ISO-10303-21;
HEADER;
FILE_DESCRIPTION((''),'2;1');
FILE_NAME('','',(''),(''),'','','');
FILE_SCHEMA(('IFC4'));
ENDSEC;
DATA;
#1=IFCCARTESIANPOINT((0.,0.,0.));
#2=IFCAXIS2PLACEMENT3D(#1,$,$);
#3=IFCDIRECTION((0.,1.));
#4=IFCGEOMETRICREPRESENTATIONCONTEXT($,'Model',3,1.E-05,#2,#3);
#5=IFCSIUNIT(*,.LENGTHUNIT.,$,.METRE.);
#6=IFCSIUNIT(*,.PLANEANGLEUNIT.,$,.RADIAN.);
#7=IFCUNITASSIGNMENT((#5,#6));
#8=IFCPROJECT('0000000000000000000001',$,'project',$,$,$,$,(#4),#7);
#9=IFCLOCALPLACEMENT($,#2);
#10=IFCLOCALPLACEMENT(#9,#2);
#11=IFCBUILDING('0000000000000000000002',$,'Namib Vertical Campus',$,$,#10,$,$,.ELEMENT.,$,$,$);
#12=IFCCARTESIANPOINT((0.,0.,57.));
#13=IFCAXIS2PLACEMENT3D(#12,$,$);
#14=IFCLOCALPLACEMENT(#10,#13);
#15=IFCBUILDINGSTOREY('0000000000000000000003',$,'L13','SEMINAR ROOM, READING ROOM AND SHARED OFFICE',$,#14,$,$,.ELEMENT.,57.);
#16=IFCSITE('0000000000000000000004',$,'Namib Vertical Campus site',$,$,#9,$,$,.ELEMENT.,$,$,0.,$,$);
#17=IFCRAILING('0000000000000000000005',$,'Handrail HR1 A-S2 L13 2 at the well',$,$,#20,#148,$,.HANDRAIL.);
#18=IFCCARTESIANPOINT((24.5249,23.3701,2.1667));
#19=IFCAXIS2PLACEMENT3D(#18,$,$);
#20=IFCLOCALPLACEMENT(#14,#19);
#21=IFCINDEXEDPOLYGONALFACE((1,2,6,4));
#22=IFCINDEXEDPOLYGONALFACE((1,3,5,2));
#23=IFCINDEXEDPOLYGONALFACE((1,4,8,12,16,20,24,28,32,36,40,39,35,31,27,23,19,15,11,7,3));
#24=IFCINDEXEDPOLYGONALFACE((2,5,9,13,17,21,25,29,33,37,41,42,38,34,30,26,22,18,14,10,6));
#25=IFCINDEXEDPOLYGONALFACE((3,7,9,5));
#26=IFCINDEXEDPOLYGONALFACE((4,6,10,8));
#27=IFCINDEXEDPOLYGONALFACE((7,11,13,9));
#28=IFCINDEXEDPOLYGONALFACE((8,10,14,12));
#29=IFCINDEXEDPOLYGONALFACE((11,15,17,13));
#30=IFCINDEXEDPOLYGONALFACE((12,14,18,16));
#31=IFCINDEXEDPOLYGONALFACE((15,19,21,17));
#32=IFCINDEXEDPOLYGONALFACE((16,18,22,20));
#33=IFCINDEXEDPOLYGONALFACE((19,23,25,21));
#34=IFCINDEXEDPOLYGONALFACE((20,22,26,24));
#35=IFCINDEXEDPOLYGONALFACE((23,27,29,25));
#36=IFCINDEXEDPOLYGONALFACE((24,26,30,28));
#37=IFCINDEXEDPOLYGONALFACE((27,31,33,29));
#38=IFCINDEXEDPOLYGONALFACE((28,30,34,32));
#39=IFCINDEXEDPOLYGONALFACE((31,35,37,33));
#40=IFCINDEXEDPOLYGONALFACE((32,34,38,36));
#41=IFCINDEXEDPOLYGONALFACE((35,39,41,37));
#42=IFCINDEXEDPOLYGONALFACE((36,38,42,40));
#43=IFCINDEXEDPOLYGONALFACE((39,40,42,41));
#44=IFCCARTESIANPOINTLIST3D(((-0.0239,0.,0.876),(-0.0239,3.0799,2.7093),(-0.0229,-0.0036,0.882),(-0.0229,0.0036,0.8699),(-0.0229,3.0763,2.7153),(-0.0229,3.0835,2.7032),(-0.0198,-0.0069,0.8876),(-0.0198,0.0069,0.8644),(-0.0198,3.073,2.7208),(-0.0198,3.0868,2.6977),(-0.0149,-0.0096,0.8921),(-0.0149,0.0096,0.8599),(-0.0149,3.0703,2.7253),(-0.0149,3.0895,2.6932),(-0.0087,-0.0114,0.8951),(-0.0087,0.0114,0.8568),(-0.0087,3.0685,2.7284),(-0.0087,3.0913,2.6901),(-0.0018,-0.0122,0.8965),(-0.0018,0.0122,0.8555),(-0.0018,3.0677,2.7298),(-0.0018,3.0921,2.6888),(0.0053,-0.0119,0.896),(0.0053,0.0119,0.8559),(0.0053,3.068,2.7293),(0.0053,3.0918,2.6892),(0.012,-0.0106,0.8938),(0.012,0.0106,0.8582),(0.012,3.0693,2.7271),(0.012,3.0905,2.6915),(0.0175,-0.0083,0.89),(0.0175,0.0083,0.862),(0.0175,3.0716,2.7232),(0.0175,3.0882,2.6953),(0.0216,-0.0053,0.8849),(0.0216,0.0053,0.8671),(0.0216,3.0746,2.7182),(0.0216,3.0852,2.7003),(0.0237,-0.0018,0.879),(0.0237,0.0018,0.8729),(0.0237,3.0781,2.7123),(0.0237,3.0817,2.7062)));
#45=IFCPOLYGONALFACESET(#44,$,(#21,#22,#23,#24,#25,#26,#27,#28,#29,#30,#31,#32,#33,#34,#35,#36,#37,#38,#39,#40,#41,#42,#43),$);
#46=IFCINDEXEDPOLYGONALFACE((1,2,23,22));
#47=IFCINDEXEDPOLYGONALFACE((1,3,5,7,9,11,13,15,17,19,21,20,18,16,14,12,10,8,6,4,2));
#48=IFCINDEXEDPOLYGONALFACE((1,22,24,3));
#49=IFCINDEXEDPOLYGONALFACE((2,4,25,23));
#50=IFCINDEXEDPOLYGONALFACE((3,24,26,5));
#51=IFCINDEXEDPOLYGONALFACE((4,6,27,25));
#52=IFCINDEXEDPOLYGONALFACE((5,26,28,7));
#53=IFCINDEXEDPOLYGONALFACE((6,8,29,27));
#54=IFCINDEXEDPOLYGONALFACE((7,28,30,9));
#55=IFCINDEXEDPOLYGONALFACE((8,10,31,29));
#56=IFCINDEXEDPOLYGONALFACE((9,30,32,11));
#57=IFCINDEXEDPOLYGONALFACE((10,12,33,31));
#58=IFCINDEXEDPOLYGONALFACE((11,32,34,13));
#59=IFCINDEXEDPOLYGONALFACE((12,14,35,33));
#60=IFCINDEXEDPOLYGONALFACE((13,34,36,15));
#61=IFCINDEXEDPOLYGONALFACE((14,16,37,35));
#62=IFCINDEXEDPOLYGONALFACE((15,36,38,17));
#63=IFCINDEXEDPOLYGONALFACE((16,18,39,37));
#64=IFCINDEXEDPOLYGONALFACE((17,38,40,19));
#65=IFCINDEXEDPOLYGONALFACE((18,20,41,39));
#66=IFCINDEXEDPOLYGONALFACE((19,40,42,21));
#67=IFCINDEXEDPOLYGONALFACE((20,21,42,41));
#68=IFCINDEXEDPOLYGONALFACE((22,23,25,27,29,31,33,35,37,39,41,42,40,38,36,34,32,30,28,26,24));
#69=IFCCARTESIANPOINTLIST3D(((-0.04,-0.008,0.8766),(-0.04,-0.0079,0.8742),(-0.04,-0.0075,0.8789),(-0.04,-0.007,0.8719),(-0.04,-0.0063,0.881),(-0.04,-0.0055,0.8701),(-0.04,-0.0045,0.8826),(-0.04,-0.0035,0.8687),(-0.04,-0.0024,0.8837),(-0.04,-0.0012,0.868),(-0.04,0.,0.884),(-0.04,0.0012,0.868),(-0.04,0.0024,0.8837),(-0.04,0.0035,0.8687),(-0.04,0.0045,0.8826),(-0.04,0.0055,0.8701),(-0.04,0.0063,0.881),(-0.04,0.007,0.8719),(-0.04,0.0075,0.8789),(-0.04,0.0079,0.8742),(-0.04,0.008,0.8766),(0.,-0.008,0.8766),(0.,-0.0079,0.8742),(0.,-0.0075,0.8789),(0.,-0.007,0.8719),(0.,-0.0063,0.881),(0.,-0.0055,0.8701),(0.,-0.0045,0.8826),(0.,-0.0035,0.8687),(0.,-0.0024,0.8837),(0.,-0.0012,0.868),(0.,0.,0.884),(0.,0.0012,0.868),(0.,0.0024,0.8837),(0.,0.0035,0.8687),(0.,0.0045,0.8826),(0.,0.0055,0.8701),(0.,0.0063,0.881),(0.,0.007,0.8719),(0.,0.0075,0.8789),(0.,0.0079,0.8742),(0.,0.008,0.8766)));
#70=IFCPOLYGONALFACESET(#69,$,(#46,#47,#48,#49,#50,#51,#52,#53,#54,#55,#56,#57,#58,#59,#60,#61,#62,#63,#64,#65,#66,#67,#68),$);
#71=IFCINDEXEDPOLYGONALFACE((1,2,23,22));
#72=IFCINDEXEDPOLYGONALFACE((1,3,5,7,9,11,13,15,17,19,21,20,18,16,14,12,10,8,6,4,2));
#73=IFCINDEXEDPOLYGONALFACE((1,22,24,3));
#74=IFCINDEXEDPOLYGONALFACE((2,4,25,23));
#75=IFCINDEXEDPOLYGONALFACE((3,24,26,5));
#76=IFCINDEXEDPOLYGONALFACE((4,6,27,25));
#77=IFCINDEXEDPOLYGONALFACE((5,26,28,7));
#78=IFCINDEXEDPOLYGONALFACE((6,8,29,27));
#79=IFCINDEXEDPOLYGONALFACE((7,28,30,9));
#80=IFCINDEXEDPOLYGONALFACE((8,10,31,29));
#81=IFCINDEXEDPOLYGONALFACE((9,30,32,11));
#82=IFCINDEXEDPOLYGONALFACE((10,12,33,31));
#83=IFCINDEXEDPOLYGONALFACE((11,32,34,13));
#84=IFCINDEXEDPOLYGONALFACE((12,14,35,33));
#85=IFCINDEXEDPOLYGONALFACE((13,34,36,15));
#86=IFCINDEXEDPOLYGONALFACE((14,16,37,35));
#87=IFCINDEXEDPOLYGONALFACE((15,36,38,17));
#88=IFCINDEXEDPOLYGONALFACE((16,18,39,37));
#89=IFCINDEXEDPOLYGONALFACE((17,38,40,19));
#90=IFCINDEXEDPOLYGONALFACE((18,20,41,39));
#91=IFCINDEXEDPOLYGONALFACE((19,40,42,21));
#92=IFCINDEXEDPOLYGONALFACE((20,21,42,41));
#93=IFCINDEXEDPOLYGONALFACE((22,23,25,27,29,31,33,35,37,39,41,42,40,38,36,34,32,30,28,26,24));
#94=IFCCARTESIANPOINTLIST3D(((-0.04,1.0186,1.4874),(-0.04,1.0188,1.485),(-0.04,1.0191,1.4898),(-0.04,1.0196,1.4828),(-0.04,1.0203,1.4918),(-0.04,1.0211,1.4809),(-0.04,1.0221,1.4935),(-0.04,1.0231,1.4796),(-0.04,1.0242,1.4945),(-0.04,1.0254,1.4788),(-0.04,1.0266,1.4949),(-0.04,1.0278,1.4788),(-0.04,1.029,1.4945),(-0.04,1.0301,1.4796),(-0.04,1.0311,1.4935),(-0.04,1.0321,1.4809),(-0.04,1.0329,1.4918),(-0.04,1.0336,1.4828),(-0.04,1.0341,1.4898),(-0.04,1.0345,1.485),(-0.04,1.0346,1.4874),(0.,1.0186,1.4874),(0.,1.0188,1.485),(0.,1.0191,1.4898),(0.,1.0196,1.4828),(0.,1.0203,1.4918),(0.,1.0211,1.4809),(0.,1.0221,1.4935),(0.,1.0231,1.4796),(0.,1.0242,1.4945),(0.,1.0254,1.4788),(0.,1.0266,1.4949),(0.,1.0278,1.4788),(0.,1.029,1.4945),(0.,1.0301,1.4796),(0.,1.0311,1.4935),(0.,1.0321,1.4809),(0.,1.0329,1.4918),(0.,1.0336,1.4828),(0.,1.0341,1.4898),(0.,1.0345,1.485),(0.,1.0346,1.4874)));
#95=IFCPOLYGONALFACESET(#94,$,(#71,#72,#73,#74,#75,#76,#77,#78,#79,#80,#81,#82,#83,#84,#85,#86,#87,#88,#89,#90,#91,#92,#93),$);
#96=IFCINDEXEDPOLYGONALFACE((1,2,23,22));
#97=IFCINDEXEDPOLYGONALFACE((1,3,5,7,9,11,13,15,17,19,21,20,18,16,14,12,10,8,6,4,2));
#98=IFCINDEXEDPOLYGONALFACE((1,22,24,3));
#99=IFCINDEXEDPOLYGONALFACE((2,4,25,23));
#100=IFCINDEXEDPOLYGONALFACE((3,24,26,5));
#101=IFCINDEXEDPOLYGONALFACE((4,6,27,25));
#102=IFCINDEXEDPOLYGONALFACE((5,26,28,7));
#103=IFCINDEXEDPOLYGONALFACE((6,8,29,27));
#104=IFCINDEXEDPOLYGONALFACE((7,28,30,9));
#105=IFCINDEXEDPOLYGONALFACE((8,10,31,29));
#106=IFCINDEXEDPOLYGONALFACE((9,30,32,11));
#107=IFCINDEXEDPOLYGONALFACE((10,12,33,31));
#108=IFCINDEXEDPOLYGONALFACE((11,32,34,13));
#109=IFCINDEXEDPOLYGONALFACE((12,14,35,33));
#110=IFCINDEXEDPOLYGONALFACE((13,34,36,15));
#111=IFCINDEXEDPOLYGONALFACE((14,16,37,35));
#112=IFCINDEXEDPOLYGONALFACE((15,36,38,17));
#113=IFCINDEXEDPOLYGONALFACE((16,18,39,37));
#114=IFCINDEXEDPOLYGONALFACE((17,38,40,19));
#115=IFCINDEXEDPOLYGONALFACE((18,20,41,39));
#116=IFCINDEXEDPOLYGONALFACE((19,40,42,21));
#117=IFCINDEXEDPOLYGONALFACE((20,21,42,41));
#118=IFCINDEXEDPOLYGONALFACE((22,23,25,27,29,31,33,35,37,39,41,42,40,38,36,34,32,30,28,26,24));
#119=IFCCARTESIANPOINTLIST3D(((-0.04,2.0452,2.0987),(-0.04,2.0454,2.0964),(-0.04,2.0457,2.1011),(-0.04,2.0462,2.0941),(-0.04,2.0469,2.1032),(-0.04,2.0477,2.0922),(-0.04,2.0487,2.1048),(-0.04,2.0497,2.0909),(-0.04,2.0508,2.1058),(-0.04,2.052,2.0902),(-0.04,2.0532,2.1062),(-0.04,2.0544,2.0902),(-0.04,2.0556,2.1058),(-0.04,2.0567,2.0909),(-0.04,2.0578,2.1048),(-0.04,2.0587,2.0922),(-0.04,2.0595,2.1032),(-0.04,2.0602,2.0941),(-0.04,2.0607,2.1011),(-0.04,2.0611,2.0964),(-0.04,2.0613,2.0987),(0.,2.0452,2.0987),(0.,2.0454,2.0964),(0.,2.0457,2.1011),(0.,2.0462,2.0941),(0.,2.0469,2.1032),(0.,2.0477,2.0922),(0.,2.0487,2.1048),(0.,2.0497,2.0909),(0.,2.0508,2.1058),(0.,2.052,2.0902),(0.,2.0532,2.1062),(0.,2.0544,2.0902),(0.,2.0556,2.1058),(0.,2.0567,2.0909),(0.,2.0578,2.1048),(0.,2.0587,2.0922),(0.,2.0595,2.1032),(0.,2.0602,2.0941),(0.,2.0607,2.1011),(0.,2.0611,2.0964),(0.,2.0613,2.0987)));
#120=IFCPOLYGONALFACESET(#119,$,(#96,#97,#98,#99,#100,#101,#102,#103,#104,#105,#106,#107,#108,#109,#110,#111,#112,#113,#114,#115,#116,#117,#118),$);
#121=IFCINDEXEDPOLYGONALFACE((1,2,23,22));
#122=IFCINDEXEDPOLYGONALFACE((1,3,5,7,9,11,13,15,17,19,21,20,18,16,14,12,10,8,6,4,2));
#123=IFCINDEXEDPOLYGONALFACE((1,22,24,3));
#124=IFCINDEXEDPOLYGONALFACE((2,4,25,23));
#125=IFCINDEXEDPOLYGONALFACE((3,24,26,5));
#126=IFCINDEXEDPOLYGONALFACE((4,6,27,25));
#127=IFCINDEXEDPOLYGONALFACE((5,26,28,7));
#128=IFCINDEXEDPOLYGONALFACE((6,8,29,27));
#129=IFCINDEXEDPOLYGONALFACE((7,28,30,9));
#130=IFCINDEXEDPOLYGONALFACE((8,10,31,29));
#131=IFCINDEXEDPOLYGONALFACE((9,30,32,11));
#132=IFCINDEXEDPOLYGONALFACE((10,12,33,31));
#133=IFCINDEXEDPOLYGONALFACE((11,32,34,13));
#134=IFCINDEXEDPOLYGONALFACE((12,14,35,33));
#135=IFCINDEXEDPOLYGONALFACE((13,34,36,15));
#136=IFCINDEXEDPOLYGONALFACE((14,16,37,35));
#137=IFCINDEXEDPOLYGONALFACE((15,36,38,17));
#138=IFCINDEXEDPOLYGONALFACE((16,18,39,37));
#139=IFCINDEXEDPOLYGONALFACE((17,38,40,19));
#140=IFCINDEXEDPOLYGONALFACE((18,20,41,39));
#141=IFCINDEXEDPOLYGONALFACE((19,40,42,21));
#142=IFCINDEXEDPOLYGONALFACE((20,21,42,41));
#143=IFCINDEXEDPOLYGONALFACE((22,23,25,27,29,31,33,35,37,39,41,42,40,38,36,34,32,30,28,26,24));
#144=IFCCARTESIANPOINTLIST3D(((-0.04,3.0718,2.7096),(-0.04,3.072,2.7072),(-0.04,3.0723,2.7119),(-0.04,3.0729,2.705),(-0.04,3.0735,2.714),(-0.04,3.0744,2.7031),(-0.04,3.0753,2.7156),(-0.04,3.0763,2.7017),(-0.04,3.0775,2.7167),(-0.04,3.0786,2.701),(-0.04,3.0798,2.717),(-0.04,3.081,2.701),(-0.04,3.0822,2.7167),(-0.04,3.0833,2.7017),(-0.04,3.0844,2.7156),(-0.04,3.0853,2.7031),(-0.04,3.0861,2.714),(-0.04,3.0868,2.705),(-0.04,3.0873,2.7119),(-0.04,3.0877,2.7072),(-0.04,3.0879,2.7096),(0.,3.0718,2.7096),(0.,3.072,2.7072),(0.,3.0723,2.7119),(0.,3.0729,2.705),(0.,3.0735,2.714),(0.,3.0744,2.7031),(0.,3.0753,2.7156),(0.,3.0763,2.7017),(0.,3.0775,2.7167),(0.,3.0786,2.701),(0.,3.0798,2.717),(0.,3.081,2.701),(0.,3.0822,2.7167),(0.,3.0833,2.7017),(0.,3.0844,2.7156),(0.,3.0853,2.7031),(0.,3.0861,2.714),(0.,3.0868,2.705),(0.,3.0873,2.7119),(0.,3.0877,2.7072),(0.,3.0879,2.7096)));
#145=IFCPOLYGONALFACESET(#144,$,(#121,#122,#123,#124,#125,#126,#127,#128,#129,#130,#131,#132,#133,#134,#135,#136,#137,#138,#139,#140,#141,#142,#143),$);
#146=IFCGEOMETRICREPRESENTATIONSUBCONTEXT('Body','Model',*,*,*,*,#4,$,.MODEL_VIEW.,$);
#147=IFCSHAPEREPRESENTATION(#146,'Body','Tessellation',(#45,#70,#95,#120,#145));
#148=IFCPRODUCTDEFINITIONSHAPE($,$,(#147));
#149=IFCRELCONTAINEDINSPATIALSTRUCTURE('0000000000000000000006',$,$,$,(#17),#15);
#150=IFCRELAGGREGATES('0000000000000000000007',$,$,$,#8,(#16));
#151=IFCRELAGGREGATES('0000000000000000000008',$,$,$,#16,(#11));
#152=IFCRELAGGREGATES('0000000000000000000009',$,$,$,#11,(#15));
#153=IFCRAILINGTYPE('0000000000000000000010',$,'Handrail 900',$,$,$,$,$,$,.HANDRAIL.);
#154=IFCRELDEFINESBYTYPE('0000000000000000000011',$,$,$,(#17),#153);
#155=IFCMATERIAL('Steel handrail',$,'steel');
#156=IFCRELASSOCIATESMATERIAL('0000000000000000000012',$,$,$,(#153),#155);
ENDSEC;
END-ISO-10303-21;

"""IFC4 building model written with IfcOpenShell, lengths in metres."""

from ifc_helpers import new_model, si_unit, direction, frame, origin, origin_2d, place, context, subcontext, project, spatial, circle, extrude, material, type_object, element, save


model = new_model("IFC4")

# Units and contexts
model_context = context("Model", 3, precision=1e-05, world=origin(), true_north=direction((0.0, 1.0)))
body_context = subcontext(model_context, "Body", "Model", "MODEL_VIEW")
ifc_project = project(units=[si_unit("LENGTHUNIT", "METRE"), si_unit("PLANEANGLEUNIT", "RADIAN")], contexts=[model_context])

# Site, building, storey
site_placement = place(None, origin())
site = spatial("IfcSite", under=ifc_project, at=site_placement, Name="Namib Vertical Campus site", CompositionType="ELEMENT", RefElevation=0.0)
building_placement = place(site_placement, origin())
building = spatial("IfcBuilding", under=site, at=building_placement, Name="Namib Vertical Campus", CompositionType="ELEMENT")
storey_placement = place(building_placement, frame((0.0, 0.0, 57.0)))
storey = spatial("IfcBuildingStorey", under=building, at=storey_placement, Name="L13", Description="SEMINAR ROOM, READING ROOM AND SHARED OFFICE", CompositionType="ELEMENT", Elevation=57.0)

# Railing
ifc_material_1 = material(Name="Steel handrail", Category="steel")
railing_type_1 = type_object("IfcRailingType", Name="Handrail 900", PredefinedType="HANDRAIL", material=ifc_material_1)
railing_1_placement = place(storey_placement, frame((24.5249, 23.3701, 2.1667)))
element("IfcRailing", 1, at=railing_1_placement, inside=storey, type_object=railing_type_1, Name="Handrail HR1 A-S2 L13 2 at the well", PredefinedType="HANDRAIL", context=body_context, shape_type="SweptSolid", body=[
    extrude(circle(Radius=0.0239, at=origin_2d()), frame((0.0, 0.0, 0.876), z_axis=(0.0, 0.859291, 0.511487), x_axis=(-1.0, 0.0, 0.0)), (0.0, 0.0, 1.0), 3.5842),
    extrude(circle(Radius=0.0081, at=origin_2d()), frame((0.0, 0.0, 0.876), z_axis=(-1.0, 0.0, 0.0), x_axis=(0.0, 0.0, 1.0)), (0.0, 0.0, 1.0), 0.04),
    extrude(circle(Radius=0.0081, at=origin_2d()), frame((0.0, 1.0266, 1.4868), z_axis=(-1.0, 0.0, 0.0), x_axis=(0.0, 0.0, 1.0)), (0.0, 0.0, 1.0), 0.04),
    extrude(circle(Radius=0.0081, at=origin_2d()), frame((0.0, 2.0532, 2.0981), z_axis=(-1.0, 0.0, 0.0), x_axis=(0.0, 0.0, 1.0)), (0.0, 0.0, 1.0), 0.04),
    extrude(circle(Radius=0.0081, at=origin_2d()), frame((0.0, 3.0798, 2.709), z_axis=(-1.0, 0.0, 0.0), x_axis=(0.0, 0.0, 1.0)), (0.0, 0.0, 1.0), 0.04),
])

save(model, "model.ifc")
